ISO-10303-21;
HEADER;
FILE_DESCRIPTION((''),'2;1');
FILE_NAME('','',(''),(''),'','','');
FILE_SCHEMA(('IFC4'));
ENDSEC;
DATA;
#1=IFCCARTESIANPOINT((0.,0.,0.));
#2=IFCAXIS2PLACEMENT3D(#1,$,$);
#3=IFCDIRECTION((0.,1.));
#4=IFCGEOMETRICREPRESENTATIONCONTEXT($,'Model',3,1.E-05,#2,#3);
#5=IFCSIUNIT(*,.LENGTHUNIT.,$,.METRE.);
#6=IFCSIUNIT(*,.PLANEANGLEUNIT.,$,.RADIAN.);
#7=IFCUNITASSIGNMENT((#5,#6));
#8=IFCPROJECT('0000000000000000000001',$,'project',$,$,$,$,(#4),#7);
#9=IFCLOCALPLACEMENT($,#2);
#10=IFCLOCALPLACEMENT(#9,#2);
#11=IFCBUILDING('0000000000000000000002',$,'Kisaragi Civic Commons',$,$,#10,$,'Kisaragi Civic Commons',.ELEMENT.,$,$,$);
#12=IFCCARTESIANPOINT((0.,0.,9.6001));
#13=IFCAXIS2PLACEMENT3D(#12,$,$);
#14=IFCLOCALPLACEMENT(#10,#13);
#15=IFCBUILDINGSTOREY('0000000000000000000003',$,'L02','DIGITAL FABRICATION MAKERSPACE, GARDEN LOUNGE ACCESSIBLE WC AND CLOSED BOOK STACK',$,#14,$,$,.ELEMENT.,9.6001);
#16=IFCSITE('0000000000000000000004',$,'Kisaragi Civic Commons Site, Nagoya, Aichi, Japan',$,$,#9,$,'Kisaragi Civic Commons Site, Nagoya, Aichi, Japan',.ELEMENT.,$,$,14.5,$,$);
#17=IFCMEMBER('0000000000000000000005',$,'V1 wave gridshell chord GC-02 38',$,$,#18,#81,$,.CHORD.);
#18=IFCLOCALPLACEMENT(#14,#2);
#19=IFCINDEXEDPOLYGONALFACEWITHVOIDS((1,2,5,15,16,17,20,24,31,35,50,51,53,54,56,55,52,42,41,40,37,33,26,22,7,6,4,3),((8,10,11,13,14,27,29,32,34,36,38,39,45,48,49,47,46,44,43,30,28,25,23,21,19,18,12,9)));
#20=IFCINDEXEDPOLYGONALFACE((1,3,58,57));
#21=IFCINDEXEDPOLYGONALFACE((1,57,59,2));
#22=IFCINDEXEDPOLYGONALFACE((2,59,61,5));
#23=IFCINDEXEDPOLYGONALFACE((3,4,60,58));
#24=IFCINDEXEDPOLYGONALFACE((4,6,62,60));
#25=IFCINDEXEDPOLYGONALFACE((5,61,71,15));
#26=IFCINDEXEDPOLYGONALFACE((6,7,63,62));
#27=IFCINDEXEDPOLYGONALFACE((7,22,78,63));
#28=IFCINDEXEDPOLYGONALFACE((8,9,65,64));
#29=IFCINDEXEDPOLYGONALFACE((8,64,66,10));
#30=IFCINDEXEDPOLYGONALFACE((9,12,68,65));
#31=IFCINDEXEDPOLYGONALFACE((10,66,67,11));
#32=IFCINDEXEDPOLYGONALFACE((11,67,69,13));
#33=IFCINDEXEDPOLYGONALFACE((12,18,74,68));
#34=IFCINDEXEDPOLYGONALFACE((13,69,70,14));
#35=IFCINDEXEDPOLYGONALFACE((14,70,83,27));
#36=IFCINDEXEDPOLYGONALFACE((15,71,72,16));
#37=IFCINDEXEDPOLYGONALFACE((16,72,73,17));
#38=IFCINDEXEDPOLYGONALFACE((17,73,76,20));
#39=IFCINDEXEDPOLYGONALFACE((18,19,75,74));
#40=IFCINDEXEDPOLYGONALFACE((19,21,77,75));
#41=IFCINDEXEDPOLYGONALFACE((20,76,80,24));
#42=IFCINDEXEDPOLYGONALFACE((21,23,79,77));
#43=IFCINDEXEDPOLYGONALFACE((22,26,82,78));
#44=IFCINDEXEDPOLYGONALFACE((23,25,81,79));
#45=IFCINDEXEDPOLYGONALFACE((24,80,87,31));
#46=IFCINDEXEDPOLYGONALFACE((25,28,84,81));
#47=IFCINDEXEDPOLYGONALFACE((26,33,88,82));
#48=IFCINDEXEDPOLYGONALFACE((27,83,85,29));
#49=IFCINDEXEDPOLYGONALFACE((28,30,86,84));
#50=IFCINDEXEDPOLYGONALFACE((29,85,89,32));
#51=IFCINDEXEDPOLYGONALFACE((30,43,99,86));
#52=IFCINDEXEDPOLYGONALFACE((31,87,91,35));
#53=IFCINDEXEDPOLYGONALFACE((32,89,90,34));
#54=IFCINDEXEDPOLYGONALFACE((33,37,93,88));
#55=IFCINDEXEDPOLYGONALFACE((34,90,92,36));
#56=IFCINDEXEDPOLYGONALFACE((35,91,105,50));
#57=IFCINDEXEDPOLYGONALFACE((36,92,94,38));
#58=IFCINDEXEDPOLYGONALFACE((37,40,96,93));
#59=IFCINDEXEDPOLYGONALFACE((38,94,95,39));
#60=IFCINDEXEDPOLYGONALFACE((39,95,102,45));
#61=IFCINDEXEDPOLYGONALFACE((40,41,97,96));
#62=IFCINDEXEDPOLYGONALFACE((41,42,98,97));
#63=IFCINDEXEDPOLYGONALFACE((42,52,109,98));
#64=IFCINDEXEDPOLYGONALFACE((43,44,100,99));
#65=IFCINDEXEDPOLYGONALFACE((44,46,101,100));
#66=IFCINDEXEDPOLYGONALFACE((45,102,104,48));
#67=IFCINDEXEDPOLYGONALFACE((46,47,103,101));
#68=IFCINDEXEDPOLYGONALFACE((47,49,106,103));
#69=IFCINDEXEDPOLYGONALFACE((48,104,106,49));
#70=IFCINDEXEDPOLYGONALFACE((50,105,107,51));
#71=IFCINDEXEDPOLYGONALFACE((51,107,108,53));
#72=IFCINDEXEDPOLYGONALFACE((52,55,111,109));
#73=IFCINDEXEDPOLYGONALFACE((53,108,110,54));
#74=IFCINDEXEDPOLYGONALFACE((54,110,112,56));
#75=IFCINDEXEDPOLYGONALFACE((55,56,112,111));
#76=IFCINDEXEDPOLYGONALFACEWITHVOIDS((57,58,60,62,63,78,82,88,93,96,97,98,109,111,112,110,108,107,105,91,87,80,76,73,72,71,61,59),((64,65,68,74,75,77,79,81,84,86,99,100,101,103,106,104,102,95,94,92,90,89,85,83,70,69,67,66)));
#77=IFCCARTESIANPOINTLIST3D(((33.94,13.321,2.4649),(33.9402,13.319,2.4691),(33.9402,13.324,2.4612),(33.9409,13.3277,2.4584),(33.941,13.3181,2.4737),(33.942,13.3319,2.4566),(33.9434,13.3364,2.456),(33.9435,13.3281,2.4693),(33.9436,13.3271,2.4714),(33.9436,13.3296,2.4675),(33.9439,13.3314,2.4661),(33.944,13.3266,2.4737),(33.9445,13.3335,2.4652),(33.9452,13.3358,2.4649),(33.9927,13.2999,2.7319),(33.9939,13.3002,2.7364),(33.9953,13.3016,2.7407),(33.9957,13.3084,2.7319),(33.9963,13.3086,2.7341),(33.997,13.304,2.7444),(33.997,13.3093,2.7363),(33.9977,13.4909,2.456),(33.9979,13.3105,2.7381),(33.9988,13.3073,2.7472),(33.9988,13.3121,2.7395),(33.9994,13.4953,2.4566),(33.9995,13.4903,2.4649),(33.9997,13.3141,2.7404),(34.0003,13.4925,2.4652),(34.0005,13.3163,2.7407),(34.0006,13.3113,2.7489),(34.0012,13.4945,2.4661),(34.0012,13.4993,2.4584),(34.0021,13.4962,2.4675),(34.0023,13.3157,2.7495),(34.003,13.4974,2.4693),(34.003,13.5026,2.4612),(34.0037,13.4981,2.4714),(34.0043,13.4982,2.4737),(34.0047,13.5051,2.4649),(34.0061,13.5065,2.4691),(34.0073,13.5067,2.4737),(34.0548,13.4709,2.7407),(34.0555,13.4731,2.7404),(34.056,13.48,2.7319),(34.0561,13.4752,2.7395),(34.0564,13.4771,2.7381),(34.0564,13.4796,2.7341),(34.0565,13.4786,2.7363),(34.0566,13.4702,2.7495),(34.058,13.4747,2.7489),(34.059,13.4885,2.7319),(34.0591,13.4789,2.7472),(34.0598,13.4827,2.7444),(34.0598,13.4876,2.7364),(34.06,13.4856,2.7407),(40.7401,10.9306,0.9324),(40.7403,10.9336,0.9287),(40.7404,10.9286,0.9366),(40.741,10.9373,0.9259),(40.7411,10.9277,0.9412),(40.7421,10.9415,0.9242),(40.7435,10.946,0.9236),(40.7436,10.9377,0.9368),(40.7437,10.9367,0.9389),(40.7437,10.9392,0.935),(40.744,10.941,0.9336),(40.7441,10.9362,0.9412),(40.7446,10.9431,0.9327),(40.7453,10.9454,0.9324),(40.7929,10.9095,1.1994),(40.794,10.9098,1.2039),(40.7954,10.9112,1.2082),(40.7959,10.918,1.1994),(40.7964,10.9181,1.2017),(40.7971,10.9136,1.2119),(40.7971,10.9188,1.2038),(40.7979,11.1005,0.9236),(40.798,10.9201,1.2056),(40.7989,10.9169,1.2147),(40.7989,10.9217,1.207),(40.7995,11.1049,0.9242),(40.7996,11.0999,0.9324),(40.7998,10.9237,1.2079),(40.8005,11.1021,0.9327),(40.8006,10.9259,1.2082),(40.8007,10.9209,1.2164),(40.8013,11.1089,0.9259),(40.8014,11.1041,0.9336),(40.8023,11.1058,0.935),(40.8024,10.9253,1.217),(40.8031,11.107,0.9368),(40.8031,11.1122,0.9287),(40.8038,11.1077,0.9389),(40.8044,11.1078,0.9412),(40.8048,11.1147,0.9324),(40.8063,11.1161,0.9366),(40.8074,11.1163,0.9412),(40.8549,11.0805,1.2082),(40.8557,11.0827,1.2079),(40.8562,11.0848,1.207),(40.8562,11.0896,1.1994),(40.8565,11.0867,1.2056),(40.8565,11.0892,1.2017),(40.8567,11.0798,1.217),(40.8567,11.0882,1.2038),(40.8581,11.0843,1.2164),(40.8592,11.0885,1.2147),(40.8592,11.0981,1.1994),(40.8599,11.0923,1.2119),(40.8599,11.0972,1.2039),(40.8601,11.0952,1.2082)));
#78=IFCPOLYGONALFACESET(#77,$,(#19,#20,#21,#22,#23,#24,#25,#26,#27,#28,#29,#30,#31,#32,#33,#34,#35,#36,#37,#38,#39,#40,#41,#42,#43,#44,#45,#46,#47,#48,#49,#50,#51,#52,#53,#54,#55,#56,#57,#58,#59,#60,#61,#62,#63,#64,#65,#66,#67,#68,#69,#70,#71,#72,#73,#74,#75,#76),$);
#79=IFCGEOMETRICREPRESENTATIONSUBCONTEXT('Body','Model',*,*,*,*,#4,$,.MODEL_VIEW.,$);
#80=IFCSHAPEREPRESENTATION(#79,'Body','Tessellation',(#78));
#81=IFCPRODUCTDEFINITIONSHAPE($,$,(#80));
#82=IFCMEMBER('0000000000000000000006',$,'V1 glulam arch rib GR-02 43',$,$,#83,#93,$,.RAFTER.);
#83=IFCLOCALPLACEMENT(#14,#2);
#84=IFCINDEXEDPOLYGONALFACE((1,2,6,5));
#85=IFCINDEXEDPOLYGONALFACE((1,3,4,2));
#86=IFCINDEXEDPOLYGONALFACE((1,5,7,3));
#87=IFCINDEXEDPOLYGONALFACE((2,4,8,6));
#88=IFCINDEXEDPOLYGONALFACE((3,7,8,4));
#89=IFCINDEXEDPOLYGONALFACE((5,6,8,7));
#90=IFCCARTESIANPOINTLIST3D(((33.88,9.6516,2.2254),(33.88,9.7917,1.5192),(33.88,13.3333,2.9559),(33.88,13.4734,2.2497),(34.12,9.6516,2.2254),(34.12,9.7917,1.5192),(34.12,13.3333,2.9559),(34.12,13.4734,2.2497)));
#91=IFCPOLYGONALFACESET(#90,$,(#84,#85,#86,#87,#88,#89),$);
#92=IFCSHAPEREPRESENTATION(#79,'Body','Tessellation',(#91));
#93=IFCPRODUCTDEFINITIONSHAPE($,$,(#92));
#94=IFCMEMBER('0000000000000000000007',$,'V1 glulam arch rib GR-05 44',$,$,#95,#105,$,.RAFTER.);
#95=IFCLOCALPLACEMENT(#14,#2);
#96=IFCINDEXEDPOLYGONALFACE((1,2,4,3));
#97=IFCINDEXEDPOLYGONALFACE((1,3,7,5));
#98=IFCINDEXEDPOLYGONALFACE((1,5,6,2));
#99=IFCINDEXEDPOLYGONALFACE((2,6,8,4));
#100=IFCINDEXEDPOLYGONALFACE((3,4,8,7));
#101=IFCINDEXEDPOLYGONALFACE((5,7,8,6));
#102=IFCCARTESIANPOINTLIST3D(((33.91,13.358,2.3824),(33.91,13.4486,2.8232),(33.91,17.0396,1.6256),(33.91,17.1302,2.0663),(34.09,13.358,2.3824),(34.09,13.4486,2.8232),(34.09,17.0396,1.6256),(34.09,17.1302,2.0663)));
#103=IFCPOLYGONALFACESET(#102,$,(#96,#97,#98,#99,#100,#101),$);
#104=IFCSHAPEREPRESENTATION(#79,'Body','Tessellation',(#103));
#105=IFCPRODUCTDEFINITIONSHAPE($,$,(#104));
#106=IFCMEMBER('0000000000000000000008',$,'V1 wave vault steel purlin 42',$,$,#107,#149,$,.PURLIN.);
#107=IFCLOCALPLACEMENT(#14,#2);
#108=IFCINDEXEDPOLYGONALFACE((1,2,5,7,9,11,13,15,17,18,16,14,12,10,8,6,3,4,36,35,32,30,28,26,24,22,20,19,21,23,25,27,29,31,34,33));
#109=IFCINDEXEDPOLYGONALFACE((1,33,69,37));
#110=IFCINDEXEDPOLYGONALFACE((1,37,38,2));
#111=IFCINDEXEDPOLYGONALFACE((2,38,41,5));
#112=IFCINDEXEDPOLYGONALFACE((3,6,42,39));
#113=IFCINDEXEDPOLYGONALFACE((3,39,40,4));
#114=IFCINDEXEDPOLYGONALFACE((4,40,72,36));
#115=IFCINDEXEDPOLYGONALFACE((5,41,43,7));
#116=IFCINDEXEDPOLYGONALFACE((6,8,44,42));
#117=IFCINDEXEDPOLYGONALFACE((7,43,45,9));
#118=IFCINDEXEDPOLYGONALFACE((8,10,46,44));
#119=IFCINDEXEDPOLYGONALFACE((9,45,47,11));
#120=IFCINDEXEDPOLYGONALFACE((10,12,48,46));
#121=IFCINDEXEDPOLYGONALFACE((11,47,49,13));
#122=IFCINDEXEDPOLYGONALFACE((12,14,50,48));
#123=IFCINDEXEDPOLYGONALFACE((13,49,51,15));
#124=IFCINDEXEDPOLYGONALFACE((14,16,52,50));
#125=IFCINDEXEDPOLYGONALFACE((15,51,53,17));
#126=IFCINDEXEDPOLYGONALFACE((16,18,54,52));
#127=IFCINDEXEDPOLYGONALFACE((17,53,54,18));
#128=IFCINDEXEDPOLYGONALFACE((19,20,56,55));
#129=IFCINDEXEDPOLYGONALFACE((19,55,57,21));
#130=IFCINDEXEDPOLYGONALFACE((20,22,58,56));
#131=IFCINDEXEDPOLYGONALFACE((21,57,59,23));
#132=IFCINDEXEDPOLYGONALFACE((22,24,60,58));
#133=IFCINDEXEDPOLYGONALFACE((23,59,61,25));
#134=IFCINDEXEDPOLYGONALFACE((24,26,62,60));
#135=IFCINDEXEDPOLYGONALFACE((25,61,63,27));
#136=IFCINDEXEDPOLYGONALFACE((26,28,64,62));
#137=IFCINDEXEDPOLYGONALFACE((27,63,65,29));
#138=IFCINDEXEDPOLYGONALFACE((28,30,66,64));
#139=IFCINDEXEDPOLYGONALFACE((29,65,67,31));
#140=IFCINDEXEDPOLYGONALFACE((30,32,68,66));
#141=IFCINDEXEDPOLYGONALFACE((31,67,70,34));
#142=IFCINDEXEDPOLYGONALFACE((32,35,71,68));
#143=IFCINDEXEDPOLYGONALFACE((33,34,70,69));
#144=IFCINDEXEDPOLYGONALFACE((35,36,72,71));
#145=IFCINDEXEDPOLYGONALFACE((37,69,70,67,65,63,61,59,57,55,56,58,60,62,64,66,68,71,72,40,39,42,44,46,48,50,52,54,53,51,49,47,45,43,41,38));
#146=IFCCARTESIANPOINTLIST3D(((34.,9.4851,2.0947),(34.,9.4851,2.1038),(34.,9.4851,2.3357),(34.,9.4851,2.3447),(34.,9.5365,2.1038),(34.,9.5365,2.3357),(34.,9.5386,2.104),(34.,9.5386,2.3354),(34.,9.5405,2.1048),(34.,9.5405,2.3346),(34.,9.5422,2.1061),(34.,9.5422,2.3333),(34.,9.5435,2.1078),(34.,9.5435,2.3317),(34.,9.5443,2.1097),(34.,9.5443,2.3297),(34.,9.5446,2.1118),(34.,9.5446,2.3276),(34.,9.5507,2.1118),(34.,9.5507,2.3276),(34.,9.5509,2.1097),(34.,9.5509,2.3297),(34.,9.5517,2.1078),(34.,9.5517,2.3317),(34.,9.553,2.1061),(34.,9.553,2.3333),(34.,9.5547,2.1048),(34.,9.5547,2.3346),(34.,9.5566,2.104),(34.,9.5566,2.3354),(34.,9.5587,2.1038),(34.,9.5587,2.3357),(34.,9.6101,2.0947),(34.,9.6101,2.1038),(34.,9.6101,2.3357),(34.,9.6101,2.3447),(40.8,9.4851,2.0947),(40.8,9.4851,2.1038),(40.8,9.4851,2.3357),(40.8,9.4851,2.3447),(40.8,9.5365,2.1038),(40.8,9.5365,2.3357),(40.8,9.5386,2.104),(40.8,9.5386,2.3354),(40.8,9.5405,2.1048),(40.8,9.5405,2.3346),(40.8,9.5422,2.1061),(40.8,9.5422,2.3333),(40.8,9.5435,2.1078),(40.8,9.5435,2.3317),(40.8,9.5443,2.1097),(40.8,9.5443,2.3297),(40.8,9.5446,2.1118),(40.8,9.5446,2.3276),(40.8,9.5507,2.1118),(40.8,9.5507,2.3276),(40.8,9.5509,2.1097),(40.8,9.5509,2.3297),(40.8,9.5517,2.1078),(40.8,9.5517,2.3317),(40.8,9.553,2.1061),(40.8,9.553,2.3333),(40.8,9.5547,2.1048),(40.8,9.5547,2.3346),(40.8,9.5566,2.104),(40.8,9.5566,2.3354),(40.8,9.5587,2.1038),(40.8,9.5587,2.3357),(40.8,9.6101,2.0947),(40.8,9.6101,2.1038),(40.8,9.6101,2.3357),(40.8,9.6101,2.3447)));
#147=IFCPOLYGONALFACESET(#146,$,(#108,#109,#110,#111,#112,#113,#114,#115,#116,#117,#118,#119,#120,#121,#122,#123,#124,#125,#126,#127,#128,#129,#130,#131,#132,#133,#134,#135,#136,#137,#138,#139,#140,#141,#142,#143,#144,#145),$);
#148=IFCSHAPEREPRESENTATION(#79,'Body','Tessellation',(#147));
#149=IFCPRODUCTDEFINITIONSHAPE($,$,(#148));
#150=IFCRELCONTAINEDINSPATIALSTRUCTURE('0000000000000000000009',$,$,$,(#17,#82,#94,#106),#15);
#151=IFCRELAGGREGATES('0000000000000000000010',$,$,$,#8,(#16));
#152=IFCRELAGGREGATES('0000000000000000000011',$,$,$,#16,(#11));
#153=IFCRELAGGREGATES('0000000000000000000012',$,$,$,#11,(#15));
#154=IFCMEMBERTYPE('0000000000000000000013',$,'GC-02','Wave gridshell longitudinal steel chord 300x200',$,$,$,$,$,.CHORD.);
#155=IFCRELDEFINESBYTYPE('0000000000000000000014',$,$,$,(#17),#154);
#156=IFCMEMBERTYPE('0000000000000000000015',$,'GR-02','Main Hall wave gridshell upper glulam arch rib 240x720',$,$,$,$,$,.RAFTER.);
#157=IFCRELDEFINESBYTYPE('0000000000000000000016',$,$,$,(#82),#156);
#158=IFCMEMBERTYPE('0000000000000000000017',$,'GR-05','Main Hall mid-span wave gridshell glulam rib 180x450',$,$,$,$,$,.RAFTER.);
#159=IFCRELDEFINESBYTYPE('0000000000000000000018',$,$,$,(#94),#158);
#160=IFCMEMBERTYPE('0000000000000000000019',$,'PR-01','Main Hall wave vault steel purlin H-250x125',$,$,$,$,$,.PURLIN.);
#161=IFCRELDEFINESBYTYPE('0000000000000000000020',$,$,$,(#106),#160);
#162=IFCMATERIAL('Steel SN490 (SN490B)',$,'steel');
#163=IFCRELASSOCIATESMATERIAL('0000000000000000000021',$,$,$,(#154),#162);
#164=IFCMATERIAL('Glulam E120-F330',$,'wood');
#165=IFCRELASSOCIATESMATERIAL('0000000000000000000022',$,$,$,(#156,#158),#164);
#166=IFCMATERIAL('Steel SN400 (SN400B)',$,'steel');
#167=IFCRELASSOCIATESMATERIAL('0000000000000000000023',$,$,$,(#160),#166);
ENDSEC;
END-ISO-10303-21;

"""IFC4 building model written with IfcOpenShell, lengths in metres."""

from ifc_helpers import new_model, si_unit, direction, frame, origin, origin_2d, place, context, subcontext, project, spatial, rectangle, hollow_rectangle, i_section, extrude, material, material_profile, profile_set, type_object, element, save


model = new_model("IFC4")

# Units and contexts
model_context = context("Model", 3, precision=1e-05, world=origin(), true_north=direction((0.0, 1.0)))
body_context = subcontext(model_context, "Body", "Model", "MODEL_VIEW")
ifc_project = project(units=[si_unit("LENGTHUNIT", "METRE"), si_unit("PLANEANGLEUNIT", "RADIAN")], contexts=[model_context])

# Site, building, storey
site_placement = place(None, origin())
site = spatial("IfcSite", under=ifc_project, at=site_placement, Name="Kisaragi Civic Commons Site, Nagoya, Aichi, Japan", LongName="Kisaragi Civic Commons Site, Nagoya, Aichi, Japan", CompositionType="ELEMENT", RefElevation=14.5)
building_placement = place(site_placement, origin())
building = spatial("IfcBuilding", under=site, at=building_placement, Name="Kisaragi Civic Commons", LongName="Kisaragi Civic Commons", CompositionType="ELEMENT")
storey_placement = place(building_placement, frame((0.0, 0.0, 9.6001)))
storey = spatial("IfcBuildingStorey", under=building, at=storey_placement, Name="L02", Description="DIGITAL FABRICATION MAKERSPACE, GARDEN LOUNGE ACCESSIBLE WC AND CLOSED BOOK STACK", CompositionType="ELEMENT", Elevation=9.6001)

# Members
ifc_material_1 = material(Name="Steel SN400 (SN400B)", Category="steel")
ifc_material_2 = material(Name="Steel SN490 (SN490B)", Category="steel")
ifc_material_profile_1 = material_profile(ifc_material_2, hollow_rectangle(XDim=0.2, YDim=0.3, WallThickness=0.009, InnerFilletRadius=0.009, OuterFilletRadius=0.0181, at=origin_2d()), Name="STKR-300x200x9", Category="steel")
ifc_profile_set_1 = profile_set([ifc_material_profile_1], Name="Steel SN490 (SN490B)")
member_type_1 = type_object("IfcMemberType", Name="GC-02", Description="Wave gridshell longitudinal steel chord 300x200", PredefinedType="CHORD", material=ifc_profile_set_1)
member_1_placement = place(storey_placement, frame((34.0, 13.4033, 2.6028), z_axis=(0.922784, -0.324381, -0.20796), x_axis=(0.331631, 0.943409, 0.0)))
element("IfcMember", 1, at=member_1_placement, inside=storey, type_object=member_type_1, Name="V1 wave gridshell chord GC-02 38", PredefinedType="CHORD", context=body_context, shape_type="SweptSolid", body=[
    extrude(hollow_rectangle(XDim=0.2, YDim=0.3, WallThickness=0.009, InnerFilletRadius=0.009, OuterFilletRadius=0.0181, at=origin_2d()), origin(), (0.0, 0.0, 1.0), 7.3691),
])
ifc_material_3 = material(Name="Glulam E120-F330", Category="wood")
ifc_material_profile_2 = material_profile(ifc_material_3, rectangle(XDim=0.24, YDim=0.72, at=origin_2d()), Name="GL-240x720", Category="wood")
ifc_profile_set_2 = profile_set([ifc_material_profile_2], Name="Glulam E120-F330")
member_type_2 = type_object("IfcMemberType", Name="GR-02", Description="Main Hall wave gridshell upper glulam arch rib 240x720", PredefinedType="RAFTER", material=ifc_profile_set_2)
member_2_placement = place(storey_placement, frame((34.0, 9.7217, 1.8723), z_axis=(0.0, 0.98088, 0.194615), x_axis=(-1.0, 0.0, 0.0)))
element("IfcMember", 2, at=member_2_placement, inside=storey, type_object=member_type_2, Name="V1 glulam arch rib GR-02 43", PredefinedType="RAFTER", context=body_context, shape_type="SweptSolid", body=[
    extrude(rectangle(XDim=0.24, YDim=0.72, at=origin_2d()), origin(), (0.0, 0.0, 1.0), 3.7534),
])
ifc_material_profile_3 = material_profile(ifc_material_3, rectangle(XDim=0.1799, YDim=0.45, at=origin_2d()), Name="GL-180x450", Category="wood")
ifc_profile_set_3 = profile_set([ifc_material_profile_3], Name="Glulam E120-F330")
member_type_3 = type_object("IfcMemberType", Name="GR-05", Description="Main Hall mid-span wave gridshell glulam rib 180x450", PredefinedType="RAFTER", material=ifc_profile_set_3)
member_3_placement = place(storey_placement, frame((34.0, 13.4033, 2.6028), z_axis=(0.0, 0.979517, -0.20136), x_axis=(-1.0, 0.0, 0.0)))
element("IfcMember", 3, at=member_3_placement, inside=storey, type_object=member_type_3, Name="V1 glulam arch rib GR-05 44", PredefinedType="RAFTER", context=body_context, shape_type="SweptSolid", body=[
    extrude(rectangle(XDim=0.1799, YDim=0.45, at=origin_2d()), origin(), (0.0, 0.0, 1.0), 3.7585),
])
ifc_material_profile_4 = material_profile(ifc_material_1, i_section(OverallWidth=0.125, OverallDepth=0.25, WebThickness=0.0061, FlangeThickness=0.009, FilletRadius=0.0081, at=origin_2d()), Name="H-250x125x6x9", Category="steel")
ifc_profile_set_4 = profile_set([ifc_material_profile_4], Name="Steel SN400 (SN400B)")
member_type_4 = type_object("IfcMemberType", Name="PR-01", Description="Main Hall wave vault steel purlin H-250x125", PredefinedType="PURLIN", material=ifc_profile_set_4)
member_4_placement = place(storey_placement, frame((34.0, 9.5476, 2.2197), z_axis=(1.0, 0.0, 0.0), x_axis=(0.0, 1.0, 0.0)))
element("IfcMember", 4, at=member_4_placement, inside=storey, type_object=member_type_4, Name="V1 wave vault steel purlin 42", PredefinedType="PURLIN", context=body_context, shape_type="SweptSolid", body=[
    extrude(i_section(OverallWidth=0.125, OverallDepth=0.25, WebThickness=0.0061, FlangeThickness=0.009, FilletRadius=0.0081, at=origin_2d()), origin(), (0.0, 0.0, 1.0), 6.8),
])

save(model, "model.ifc")
